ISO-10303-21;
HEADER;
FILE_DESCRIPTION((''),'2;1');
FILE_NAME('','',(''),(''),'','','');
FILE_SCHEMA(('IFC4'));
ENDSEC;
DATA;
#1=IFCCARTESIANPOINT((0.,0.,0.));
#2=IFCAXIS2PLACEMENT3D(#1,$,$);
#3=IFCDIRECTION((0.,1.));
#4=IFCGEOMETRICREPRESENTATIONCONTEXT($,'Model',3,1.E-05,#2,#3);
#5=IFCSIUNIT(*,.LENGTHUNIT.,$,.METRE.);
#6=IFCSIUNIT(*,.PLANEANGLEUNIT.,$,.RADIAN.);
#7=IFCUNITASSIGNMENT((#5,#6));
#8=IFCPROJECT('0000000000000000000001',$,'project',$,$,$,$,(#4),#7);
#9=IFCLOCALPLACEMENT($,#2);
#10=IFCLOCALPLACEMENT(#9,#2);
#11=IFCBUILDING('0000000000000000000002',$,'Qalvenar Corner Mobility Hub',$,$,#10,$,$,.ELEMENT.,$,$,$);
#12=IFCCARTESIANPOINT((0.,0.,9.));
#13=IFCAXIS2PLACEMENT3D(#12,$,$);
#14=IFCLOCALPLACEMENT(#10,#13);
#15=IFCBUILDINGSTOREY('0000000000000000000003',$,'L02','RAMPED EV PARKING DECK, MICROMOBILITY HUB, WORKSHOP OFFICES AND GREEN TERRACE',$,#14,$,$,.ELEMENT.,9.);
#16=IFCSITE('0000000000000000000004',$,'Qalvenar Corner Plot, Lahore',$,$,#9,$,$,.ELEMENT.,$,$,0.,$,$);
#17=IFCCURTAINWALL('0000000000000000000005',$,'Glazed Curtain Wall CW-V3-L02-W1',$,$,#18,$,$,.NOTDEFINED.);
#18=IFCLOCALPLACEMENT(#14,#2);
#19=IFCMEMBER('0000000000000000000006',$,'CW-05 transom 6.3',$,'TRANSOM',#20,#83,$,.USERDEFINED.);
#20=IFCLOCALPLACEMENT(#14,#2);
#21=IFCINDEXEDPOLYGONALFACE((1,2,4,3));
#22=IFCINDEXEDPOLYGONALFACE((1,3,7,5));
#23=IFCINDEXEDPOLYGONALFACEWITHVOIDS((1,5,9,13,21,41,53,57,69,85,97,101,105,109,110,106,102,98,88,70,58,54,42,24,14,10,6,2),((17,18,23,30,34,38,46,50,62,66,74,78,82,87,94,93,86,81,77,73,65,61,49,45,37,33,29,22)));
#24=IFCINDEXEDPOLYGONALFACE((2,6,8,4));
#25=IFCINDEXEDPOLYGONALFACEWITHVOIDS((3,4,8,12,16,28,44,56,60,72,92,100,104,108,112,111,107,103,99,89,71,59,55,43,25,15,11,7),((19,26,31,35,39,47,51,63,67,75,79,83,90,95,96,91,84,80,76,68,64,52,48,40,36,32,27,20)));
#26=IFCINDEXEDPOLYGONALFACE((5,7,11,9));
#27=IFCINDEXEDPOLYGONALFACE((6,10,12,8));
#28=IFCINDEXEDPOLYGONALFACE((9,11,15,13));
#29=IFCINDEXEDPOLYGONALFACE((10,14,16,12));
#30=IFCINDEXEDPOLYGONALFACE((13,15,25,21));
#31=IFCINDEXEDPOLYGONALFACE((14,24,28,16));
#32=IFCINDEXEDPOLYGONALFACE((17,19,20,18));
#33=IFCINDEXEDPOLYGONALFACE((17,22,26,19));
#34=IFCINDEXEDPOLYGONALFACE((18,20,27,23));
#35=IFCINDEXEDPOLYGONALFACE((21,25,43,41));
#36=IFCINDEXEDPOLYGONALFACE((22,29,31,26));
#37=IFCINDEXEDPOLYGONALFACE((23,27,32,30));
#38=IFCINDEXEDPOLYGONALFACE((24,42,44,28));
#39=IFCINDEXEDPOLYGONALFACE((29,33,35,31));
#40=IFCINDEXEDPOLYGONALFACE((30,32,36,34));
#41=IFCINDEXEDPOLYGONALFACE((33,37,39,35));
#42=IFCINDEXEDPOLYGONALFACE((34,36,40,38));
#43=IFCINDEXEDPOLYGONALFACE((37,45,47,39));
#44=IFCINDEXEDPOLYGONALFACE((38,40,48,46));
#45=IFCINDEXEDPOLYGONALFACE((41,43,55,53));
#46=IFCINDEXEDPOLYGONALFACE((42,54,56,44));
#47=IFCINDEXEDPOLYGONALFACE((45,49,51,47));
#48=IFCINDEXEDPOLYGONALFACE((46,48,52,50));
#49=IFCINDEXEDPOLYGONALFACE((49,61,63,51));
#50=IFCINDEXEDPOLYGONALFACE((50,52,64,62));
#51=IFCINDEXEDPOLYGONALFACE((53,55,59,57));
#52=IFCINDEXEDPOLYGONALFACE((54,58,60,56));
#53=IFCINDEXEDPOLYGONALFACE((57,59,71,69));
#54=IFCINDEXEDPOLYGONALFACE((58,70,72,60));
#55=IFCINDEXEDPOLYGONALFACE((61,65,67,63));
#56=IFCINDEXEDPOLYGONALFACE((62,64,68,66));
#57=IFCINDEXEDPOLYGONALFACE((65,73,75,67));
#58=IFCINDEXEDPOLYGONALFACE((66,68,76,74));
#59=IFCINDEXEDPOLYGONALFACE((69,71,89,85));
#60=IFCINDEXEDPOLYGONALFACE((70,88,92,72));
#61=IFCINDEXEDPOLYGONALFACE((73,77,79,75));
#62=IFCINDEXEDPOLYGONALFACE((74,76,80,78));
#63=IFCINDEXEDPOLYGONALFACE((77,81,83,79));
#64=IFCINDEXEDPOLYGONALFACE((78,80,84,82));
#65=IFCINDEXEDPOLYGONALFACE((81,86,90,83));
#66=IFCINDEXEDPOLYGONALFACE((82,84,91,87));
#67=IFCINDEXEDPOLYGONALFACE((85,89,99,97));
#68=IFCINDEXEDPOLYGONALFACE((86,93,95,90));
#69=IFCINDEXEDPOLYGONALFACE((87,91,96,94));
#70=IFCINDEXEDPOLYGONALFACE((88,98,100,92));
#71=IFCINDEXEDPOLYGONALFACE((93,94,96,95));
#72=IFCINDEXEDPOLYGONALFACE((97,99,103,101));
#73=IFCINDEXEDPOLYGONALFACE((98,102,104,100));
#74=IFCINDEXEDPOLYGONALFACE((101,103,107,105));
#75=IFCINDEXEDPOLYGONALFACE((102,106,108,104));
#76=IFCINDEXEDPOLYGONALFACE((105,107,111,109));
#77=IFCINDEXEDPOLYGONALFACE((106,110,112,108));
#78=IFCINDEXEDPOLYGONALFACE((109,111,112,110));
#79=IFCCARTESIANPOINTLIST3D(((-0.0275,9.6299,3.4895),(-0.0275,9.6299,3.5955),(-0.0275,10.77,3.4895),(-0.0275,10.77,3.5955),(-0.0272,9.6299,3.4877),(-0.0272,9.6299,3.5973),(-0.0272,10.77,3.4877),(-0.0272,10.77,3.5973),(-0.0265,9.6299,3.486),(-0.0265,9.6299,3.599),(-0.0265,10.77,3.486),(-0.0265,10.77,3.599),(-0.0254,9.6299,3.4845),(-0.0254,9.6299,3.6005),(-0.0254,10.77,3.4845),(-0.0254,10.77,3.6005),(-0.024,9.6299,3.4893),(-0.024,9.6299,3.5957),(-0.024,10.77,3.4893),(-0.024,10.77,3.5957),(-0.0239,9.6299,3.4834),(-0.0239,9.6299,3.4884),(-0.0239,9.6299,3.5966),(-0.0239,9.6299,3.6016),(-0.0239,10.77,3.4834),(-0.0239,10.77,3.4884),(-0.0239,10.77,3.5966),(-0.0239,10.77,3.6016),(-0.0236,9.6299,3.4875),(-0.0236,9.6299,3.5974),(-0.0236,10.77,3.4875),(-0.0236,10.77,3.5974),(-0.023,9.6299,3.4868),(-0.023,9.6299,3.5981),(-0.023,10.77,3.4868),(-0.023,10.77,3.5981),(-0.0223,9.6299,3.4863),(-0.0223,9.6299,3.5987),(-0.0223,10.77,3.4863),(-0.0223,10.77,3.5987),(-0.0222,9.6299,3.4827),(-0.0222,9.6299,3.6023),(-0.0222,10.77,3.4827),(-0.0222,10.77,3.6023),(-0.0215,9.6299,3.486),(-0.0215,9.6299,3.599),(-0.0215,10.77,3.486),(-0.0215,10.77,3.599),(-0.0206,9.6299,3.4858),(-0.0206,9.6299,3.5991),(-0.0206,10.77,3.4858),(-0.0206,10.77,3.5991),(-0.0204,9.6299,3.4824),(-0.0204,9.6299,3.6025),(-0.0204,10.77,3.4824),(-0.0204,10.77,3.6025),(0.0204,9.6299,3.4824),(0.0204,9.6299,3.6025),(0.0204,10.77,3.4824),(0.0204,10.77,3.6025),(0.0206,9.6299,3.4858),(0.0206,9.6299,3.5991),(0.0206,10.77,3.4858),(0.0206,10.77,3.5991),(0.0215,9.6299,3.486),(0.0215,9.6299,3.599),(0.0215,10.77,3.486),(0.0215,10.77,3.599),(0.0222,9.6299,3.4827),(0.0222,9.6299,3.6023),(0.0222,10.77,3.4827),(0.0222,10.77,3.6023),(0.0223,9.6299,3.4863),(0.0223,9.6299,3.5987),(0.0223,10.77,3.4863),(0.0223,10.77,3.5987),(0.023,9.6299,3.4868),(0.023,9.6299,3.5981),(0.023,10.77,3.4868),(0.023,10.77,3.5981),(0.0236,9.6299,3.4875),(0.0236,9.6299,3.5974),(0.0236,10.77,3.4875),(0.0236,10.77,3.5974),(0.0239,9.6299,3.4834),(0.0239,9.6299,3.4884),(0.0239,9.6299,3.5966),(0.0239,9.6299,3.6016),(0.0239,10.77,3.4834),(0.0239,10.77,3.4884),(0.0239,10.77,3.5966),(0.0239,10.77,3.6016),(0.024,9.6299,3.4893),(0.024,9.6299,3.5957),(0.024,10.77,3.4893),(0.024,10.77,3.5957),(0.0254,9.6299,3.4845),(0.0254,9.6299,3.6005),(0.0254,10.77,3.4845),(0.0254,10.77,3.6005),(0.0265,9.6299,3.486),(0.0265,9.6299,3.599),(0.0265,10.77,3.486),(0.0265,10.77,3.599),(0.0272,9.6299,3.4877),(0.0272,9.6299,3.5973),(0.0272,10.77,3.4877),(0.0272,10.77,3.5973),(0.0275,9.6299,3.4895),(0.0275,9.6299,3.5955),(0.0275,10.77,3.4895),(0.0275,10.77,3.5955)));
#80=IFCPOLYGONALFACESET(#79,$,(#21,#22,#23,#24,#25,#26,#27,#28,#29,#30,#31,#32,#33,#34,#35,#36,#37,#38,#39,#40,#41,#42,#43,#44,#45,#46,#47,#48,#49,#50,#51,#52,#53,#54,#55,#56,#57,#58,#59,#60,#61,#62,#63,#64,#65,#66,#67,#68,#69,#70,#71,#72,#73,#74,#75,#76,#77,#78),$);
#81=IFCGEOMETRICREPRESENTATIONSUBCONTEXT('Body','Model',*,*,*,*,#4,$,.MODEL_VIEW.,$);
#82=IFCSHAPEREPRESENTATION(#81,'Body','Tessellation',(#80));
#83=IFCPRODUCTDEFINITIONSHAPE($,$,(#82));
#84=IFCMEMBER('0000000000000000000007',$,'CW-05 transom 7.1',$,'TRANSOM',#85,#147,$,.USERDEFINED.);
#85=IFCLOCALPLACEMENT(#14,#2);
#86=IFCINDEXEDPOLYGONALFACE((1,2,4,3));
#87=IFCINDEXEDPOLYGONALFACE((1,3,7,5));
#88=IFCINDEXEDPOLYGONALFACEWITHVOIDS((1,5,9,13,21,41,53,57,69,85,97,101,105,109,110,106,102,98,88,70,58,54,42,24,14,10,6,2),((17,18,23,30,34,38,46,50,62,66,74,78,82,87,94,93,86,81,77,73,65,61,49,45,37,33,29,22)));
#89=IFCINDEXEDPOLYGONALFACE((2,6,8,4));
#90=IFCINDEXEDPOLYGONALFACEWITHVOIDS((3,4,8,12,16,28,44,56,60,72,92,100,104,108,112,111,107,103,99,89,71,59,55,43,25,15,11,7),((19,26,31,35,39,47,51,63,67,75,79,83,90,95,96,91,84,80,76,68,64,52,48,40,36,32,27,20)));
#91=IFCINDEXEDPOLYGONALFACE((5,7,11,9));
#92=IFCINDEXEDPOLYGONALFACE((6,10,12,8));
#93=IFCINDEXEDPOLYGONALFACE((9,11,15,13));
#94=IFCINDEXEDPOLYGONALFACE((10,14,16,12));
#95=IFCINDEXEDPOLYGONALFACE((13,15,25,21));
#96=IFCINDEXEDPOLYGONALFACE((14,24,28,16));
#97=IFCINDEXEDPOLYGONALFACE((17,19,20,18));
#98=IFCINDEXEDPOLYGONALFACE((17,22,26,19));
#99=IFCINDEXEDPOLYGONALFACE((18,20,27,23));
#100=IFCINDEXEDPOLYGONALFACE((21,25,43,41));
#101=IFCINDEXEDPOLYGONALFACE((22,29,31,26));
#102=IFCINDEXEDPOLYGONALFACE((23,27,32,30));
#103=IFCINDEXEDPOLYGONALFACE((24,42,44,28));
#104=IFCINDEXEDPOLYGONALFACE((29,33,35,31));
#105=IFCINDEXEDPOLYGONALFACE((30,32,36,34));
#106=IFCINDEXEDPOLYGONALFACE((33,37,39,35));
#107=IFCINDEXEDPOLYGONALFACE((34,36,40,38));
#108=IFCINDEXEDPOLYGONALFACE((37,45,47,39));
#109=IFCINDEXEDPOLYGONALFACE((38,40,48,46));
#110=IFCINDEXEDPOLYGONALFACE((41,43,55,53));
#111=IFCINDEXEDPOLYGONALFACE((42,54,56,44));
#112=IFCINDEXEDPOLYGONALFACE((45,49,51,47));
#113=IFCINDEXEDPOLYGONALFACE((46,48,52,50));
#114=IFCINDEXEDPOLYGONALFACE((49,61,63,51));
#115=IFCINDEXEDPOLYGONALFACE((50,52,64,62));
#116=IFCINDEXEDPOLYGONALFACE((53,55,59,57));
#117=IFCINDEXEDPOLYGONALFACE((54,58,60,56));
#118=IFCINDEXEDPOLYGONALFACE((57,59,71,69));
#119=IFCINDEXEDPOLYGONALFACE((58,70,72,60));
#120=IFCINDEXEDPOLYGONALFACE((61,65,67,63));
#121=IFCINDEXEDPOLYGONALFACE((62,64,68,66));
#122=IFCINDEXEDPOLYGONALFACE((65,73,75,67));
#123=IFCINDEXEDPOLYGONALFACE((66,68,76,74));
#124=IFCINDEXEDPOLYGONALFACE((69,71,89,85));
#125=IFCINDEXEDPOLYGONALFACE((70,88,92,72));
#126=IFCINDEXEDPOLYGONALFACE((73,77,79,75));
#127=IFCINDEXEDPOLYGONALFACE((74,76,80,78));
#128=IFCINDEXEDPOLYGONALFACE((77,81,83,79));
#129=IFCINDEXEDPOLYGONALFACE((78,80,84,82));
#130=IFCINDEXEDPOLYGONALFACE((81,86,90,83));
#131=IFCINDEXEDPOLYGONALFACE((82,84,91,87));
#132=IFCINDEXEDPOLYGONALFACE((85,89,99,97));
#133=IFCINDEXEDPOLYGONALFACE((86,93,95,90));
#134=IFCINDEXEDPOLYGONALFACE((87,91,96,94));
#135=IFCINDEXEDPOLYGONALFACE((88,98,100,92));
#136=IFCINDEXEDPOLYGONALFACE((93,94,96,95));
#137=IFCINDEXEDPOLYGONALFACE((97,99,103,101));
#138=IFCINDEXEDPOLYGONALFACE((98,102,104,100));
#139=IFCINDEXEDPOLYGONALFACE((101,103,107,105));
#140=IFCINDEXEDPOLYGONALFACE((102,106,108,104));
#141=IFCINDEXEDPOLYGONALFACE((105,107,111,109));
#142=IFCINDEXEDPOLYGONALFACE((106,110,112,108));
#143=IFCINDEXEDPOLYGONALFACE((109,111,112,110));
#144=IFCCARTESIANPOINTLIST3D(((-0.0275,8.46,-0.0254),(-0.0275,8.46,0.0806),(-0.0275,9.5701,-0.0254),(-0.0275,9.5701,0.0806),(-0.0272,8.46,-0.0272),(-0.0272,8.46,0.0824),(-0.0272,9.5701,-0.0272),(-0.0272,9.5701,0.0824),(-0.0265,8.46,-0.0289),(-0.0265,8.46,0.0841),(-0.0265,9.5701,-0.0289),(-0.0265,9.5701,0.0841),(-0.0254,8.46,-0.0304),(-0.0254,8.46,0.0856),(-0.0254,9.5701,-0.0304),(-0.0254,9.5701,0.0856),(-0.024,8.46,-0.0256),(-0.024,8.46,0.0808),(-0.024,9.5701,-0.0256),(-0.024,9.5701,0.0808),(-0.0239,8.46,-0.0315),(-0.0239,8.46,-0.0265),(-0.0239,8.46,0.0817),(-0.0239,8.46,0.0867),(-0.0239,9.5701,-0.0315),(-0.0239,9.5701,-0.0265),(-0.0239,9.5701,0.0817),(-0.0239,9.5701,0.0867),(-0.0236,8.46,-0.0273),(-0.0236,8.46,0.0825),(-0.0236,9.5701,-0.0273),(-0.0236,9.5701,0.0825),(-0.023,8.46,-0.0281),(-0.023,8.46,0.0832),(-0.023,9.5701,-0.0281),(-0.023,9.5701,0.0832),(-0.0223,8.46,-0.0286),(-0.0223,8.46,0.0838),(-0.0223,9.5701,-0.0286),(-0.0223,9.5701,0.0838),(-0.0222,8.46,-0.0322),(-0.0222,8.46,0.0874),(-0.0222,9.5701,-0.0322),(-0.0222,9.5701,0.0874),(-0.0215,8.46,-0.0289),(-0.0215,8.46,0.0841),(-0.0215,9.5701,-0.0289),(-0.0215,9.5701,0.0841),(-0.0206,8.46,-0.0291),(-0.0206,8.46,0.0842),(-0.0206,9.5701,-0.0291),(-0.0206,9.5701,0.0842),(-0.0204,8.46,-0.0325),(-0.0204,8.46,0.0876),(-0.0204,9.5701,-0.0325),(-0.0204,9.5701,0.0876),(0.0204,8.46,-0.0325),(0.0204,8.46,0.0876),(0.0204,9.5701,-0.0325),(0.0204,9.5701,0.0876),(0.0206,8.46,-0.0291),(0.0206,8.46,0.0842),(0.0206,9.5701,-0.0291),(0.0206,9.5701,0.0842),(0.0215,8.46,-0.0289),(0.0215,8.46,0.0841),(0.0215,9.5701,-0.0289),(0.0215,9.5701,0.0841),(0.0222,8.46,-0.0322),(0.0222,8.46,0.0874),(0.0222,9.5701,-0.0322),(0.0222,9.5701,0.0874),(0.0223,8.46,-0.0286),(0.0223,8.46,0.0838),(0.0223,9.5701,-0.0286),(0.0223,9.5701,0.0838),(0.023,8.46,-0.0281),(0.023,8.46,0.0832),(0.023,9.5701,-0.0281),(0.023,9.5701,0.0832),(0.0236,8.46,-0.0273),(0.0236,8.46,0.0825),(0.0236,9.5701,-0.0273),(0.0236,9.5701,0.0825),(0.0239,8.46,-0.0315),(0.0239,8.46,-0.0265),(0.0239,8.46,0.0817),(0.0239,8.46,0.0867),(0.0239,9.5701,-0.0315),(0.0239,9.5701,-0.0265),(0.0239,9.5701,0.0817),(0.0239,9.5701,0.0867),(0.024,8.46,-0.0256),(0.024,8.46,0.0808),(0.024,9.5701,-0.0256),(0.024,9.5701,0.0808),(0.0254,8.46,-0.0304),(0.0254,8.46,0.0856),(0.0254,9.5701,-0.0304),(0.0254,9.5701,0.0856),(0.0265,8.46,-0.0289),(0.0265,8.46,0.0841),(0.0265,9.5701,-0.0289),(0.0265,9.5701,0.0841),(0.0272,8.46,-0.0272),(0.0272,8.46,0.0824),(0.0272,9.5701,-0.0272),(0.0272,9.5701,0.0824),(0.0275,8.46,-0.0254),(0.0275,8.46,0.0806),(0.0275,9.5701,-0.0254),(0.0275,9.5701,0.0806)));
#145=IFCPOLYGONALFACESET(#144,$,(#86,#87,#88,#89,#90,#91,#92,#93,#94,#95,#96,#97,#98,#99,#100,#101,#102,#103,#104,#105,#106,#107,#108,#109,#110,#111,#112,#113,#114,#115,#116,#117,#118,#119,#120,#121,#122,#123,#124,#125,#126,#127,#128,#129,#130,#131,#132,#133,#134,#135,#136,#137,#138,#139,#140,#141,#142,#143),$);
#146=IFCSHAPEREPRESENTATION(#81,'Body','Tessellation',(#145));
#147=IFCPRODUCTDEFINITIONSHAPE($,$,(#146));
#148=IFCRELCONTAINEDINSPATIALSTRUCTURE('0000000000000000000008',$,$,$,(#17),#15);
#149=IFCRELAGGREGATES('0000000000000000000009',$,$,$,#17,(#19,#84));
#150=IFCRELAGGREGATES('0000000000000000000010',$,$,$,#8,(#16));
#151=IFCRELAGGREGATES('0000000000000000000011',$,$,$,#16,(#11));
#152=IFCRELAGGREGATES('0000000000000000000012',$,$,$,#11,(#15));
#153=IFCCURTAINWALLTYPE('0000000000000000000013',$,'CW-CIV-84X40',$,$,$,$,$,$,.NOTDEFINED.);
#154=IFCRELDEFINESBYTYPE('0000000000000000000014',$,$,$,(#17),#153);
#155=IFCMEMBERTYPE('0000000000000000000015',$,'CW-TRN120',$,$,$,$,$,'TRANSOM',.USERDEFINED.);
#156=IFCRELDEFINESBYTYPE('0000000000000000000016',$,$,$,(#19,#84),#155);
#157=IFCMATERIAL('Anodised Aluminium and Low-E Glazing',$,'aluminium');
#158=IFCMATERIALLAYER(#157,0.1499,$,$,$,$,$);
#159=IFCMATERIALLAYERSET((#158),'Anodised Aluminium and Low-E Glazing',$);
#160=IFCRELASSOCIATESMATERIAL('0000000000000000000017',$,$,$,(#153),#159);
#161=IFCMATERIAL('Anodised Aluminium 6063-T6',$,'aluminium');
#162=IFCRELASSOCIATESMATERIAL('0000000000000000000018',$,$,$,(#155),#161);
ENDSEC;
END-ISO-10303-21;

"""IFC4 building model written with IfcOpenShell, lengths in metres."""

from ifc_helpers import new_model, si_unit, direction, frame, origin, origin_2d, place, context, subcontext, project, spatial, hollow_rectangle, extrude, material, layer, layer_set, material_profile, profile_set, type_object, element, aggregate, save


model = new_model("IFC4")

# Units and contexts
model_context = context("Model", 3, precision=1e-05, world=origin(), true_north=direction((0.0, 1.0)))
body_context = subcontext(model_context, "Body", "Model", "MODEL_VIEW")
ifc_project = project(units=[si_unit("LENGTHUNIT", "METRE"), si_unit("PLANEANGLEUNIT", "RADIAN")], contexts=[model_context])

# Site, building, storey
site_placement = place(None, origin())
site = spatial("IfcSite", under=ifc_project, at=site_placement, Name="Qalvenar Corner Plot, Lahore", CompositionType="ELEMENT", RefElevation=0.0)
building_placement = place(site_placement, origin())
building = spatial("IfcBuilding", under=site, at=building_placement, Name="Qalvenar Corner Mobility Hub", CompositionType="ELEMENT")
storey_placement = place(building_placement, frame((0.0, 0.0, 9.0)))
storey = spatial("IfcBuildingStorey", under=building, at=storey_placement, Name="L02", Description="RAMPED EV PARKING DECK, MICROMOBILITY HUB, WORKSHOP OFFICES AND GREEN TERRACE", CompositionType="ELEMENT", Elevation=9.0)

# Curtain wall, members
ifc_material_1 = material(Name="Anodised Aluminium and Low-E Glazing", Category="aluminium")
ifc_layer_1 = layer(ifc_material_1, 0.1499)
ifc_layer_set_1 = layer_set([ifc_layer_1], Name="Anodised Aluminium and Low-E Glazing")
curtain_wall_type = type_object("IfcCurtainWallType", Name="CW-CIV-84X40", PredefinedType="NOTDEFINED", material=ifc_layer_set_1)
curtain_wall_placement = place(storey_placement, origin())
curtain_wall = element("IfcCurtainWall", 1, at=curtain_wall_placement, inside=storey, type_object=curtain_wall_type, Name="Glazed Curtain Wall CW-V3-L02-W1", PredefinedType="NOTDEFINED")
ifc_material_2 = material(Name="Anodised Aluminium 6063-T6", Category="aluminium")
ifc_material_profile_1 = material_profile(ifc_material_2, hollow_rectangle(XDim=0.0549, YDim=0.1201, WallThickness=0.0034, InnerFilletRadius=0.0034, OuterFilletRadius=0.0071, at=origin_2d()), Name="RHS120x55x3.5")
ifc_profile_set_1 = profile_set([ifc_material_profile_1], Name="Anodised Aluminium 6063-T6")
member_type_1 = type_object("IfcMemberType", Name="CW-TRN120", ElementType="TRANSOM", PredefinedType="USERDEFINED", material=ifc_profile_set_1)
member_1_placement = place(storey_placement, frame((0.0, 10.77, 3.5425), z_axis=(0.0, -1.0, 0.0), x_axis=(1.0, 0.0, 0.0)))
member_1 = element("IfcMember", 2, at=member_1_placement, type_object=member_type_1, Name="CW-05 transom 6.3", ObjectType="TRANSOM", PredefinedType="USERDEFINED", context=body_context, shape_type="SweptSolid", body=[
    extrude(hollow_rectangle(XDim=0.0549, YDim=0.1201, WallThickness=0.0034, InnerFilletRadius=0.0034, OuterFilletRadius=0.0071, at=origin_2d()), origin(), (0.0, 0.0, 1.0), 1.1401),
])
member_2_placement = place(storey_placement, frame((0.0, 9.5701, 0.0276), z_axis=(0.0, -1.0, 0.0), x_axis=(1.0, 0.0, 0.0)))
member_2 = element("IfcMember", 3, at=member_2_placement, type_object=member_type_1, Name="CW-05 transom 7.1", ObjectType="TRANSOM", PredefinedType="USERDEFINED", context=body_context, shape_type="SweptSolid", body=[
    extrude(hollow_rectangle(XDim=0.0549, YDim=0.1201, WallThickness=0.0034, InnerFilletRadius=0.0034, OuterFilletRadius=0.0071, at=origin_2d()), origin(), (0.0, 0.0, 1.0), 1.1101),
])
aggregate(curtain_wall, [member_1, member_2])

save(model, "model.ifc")
